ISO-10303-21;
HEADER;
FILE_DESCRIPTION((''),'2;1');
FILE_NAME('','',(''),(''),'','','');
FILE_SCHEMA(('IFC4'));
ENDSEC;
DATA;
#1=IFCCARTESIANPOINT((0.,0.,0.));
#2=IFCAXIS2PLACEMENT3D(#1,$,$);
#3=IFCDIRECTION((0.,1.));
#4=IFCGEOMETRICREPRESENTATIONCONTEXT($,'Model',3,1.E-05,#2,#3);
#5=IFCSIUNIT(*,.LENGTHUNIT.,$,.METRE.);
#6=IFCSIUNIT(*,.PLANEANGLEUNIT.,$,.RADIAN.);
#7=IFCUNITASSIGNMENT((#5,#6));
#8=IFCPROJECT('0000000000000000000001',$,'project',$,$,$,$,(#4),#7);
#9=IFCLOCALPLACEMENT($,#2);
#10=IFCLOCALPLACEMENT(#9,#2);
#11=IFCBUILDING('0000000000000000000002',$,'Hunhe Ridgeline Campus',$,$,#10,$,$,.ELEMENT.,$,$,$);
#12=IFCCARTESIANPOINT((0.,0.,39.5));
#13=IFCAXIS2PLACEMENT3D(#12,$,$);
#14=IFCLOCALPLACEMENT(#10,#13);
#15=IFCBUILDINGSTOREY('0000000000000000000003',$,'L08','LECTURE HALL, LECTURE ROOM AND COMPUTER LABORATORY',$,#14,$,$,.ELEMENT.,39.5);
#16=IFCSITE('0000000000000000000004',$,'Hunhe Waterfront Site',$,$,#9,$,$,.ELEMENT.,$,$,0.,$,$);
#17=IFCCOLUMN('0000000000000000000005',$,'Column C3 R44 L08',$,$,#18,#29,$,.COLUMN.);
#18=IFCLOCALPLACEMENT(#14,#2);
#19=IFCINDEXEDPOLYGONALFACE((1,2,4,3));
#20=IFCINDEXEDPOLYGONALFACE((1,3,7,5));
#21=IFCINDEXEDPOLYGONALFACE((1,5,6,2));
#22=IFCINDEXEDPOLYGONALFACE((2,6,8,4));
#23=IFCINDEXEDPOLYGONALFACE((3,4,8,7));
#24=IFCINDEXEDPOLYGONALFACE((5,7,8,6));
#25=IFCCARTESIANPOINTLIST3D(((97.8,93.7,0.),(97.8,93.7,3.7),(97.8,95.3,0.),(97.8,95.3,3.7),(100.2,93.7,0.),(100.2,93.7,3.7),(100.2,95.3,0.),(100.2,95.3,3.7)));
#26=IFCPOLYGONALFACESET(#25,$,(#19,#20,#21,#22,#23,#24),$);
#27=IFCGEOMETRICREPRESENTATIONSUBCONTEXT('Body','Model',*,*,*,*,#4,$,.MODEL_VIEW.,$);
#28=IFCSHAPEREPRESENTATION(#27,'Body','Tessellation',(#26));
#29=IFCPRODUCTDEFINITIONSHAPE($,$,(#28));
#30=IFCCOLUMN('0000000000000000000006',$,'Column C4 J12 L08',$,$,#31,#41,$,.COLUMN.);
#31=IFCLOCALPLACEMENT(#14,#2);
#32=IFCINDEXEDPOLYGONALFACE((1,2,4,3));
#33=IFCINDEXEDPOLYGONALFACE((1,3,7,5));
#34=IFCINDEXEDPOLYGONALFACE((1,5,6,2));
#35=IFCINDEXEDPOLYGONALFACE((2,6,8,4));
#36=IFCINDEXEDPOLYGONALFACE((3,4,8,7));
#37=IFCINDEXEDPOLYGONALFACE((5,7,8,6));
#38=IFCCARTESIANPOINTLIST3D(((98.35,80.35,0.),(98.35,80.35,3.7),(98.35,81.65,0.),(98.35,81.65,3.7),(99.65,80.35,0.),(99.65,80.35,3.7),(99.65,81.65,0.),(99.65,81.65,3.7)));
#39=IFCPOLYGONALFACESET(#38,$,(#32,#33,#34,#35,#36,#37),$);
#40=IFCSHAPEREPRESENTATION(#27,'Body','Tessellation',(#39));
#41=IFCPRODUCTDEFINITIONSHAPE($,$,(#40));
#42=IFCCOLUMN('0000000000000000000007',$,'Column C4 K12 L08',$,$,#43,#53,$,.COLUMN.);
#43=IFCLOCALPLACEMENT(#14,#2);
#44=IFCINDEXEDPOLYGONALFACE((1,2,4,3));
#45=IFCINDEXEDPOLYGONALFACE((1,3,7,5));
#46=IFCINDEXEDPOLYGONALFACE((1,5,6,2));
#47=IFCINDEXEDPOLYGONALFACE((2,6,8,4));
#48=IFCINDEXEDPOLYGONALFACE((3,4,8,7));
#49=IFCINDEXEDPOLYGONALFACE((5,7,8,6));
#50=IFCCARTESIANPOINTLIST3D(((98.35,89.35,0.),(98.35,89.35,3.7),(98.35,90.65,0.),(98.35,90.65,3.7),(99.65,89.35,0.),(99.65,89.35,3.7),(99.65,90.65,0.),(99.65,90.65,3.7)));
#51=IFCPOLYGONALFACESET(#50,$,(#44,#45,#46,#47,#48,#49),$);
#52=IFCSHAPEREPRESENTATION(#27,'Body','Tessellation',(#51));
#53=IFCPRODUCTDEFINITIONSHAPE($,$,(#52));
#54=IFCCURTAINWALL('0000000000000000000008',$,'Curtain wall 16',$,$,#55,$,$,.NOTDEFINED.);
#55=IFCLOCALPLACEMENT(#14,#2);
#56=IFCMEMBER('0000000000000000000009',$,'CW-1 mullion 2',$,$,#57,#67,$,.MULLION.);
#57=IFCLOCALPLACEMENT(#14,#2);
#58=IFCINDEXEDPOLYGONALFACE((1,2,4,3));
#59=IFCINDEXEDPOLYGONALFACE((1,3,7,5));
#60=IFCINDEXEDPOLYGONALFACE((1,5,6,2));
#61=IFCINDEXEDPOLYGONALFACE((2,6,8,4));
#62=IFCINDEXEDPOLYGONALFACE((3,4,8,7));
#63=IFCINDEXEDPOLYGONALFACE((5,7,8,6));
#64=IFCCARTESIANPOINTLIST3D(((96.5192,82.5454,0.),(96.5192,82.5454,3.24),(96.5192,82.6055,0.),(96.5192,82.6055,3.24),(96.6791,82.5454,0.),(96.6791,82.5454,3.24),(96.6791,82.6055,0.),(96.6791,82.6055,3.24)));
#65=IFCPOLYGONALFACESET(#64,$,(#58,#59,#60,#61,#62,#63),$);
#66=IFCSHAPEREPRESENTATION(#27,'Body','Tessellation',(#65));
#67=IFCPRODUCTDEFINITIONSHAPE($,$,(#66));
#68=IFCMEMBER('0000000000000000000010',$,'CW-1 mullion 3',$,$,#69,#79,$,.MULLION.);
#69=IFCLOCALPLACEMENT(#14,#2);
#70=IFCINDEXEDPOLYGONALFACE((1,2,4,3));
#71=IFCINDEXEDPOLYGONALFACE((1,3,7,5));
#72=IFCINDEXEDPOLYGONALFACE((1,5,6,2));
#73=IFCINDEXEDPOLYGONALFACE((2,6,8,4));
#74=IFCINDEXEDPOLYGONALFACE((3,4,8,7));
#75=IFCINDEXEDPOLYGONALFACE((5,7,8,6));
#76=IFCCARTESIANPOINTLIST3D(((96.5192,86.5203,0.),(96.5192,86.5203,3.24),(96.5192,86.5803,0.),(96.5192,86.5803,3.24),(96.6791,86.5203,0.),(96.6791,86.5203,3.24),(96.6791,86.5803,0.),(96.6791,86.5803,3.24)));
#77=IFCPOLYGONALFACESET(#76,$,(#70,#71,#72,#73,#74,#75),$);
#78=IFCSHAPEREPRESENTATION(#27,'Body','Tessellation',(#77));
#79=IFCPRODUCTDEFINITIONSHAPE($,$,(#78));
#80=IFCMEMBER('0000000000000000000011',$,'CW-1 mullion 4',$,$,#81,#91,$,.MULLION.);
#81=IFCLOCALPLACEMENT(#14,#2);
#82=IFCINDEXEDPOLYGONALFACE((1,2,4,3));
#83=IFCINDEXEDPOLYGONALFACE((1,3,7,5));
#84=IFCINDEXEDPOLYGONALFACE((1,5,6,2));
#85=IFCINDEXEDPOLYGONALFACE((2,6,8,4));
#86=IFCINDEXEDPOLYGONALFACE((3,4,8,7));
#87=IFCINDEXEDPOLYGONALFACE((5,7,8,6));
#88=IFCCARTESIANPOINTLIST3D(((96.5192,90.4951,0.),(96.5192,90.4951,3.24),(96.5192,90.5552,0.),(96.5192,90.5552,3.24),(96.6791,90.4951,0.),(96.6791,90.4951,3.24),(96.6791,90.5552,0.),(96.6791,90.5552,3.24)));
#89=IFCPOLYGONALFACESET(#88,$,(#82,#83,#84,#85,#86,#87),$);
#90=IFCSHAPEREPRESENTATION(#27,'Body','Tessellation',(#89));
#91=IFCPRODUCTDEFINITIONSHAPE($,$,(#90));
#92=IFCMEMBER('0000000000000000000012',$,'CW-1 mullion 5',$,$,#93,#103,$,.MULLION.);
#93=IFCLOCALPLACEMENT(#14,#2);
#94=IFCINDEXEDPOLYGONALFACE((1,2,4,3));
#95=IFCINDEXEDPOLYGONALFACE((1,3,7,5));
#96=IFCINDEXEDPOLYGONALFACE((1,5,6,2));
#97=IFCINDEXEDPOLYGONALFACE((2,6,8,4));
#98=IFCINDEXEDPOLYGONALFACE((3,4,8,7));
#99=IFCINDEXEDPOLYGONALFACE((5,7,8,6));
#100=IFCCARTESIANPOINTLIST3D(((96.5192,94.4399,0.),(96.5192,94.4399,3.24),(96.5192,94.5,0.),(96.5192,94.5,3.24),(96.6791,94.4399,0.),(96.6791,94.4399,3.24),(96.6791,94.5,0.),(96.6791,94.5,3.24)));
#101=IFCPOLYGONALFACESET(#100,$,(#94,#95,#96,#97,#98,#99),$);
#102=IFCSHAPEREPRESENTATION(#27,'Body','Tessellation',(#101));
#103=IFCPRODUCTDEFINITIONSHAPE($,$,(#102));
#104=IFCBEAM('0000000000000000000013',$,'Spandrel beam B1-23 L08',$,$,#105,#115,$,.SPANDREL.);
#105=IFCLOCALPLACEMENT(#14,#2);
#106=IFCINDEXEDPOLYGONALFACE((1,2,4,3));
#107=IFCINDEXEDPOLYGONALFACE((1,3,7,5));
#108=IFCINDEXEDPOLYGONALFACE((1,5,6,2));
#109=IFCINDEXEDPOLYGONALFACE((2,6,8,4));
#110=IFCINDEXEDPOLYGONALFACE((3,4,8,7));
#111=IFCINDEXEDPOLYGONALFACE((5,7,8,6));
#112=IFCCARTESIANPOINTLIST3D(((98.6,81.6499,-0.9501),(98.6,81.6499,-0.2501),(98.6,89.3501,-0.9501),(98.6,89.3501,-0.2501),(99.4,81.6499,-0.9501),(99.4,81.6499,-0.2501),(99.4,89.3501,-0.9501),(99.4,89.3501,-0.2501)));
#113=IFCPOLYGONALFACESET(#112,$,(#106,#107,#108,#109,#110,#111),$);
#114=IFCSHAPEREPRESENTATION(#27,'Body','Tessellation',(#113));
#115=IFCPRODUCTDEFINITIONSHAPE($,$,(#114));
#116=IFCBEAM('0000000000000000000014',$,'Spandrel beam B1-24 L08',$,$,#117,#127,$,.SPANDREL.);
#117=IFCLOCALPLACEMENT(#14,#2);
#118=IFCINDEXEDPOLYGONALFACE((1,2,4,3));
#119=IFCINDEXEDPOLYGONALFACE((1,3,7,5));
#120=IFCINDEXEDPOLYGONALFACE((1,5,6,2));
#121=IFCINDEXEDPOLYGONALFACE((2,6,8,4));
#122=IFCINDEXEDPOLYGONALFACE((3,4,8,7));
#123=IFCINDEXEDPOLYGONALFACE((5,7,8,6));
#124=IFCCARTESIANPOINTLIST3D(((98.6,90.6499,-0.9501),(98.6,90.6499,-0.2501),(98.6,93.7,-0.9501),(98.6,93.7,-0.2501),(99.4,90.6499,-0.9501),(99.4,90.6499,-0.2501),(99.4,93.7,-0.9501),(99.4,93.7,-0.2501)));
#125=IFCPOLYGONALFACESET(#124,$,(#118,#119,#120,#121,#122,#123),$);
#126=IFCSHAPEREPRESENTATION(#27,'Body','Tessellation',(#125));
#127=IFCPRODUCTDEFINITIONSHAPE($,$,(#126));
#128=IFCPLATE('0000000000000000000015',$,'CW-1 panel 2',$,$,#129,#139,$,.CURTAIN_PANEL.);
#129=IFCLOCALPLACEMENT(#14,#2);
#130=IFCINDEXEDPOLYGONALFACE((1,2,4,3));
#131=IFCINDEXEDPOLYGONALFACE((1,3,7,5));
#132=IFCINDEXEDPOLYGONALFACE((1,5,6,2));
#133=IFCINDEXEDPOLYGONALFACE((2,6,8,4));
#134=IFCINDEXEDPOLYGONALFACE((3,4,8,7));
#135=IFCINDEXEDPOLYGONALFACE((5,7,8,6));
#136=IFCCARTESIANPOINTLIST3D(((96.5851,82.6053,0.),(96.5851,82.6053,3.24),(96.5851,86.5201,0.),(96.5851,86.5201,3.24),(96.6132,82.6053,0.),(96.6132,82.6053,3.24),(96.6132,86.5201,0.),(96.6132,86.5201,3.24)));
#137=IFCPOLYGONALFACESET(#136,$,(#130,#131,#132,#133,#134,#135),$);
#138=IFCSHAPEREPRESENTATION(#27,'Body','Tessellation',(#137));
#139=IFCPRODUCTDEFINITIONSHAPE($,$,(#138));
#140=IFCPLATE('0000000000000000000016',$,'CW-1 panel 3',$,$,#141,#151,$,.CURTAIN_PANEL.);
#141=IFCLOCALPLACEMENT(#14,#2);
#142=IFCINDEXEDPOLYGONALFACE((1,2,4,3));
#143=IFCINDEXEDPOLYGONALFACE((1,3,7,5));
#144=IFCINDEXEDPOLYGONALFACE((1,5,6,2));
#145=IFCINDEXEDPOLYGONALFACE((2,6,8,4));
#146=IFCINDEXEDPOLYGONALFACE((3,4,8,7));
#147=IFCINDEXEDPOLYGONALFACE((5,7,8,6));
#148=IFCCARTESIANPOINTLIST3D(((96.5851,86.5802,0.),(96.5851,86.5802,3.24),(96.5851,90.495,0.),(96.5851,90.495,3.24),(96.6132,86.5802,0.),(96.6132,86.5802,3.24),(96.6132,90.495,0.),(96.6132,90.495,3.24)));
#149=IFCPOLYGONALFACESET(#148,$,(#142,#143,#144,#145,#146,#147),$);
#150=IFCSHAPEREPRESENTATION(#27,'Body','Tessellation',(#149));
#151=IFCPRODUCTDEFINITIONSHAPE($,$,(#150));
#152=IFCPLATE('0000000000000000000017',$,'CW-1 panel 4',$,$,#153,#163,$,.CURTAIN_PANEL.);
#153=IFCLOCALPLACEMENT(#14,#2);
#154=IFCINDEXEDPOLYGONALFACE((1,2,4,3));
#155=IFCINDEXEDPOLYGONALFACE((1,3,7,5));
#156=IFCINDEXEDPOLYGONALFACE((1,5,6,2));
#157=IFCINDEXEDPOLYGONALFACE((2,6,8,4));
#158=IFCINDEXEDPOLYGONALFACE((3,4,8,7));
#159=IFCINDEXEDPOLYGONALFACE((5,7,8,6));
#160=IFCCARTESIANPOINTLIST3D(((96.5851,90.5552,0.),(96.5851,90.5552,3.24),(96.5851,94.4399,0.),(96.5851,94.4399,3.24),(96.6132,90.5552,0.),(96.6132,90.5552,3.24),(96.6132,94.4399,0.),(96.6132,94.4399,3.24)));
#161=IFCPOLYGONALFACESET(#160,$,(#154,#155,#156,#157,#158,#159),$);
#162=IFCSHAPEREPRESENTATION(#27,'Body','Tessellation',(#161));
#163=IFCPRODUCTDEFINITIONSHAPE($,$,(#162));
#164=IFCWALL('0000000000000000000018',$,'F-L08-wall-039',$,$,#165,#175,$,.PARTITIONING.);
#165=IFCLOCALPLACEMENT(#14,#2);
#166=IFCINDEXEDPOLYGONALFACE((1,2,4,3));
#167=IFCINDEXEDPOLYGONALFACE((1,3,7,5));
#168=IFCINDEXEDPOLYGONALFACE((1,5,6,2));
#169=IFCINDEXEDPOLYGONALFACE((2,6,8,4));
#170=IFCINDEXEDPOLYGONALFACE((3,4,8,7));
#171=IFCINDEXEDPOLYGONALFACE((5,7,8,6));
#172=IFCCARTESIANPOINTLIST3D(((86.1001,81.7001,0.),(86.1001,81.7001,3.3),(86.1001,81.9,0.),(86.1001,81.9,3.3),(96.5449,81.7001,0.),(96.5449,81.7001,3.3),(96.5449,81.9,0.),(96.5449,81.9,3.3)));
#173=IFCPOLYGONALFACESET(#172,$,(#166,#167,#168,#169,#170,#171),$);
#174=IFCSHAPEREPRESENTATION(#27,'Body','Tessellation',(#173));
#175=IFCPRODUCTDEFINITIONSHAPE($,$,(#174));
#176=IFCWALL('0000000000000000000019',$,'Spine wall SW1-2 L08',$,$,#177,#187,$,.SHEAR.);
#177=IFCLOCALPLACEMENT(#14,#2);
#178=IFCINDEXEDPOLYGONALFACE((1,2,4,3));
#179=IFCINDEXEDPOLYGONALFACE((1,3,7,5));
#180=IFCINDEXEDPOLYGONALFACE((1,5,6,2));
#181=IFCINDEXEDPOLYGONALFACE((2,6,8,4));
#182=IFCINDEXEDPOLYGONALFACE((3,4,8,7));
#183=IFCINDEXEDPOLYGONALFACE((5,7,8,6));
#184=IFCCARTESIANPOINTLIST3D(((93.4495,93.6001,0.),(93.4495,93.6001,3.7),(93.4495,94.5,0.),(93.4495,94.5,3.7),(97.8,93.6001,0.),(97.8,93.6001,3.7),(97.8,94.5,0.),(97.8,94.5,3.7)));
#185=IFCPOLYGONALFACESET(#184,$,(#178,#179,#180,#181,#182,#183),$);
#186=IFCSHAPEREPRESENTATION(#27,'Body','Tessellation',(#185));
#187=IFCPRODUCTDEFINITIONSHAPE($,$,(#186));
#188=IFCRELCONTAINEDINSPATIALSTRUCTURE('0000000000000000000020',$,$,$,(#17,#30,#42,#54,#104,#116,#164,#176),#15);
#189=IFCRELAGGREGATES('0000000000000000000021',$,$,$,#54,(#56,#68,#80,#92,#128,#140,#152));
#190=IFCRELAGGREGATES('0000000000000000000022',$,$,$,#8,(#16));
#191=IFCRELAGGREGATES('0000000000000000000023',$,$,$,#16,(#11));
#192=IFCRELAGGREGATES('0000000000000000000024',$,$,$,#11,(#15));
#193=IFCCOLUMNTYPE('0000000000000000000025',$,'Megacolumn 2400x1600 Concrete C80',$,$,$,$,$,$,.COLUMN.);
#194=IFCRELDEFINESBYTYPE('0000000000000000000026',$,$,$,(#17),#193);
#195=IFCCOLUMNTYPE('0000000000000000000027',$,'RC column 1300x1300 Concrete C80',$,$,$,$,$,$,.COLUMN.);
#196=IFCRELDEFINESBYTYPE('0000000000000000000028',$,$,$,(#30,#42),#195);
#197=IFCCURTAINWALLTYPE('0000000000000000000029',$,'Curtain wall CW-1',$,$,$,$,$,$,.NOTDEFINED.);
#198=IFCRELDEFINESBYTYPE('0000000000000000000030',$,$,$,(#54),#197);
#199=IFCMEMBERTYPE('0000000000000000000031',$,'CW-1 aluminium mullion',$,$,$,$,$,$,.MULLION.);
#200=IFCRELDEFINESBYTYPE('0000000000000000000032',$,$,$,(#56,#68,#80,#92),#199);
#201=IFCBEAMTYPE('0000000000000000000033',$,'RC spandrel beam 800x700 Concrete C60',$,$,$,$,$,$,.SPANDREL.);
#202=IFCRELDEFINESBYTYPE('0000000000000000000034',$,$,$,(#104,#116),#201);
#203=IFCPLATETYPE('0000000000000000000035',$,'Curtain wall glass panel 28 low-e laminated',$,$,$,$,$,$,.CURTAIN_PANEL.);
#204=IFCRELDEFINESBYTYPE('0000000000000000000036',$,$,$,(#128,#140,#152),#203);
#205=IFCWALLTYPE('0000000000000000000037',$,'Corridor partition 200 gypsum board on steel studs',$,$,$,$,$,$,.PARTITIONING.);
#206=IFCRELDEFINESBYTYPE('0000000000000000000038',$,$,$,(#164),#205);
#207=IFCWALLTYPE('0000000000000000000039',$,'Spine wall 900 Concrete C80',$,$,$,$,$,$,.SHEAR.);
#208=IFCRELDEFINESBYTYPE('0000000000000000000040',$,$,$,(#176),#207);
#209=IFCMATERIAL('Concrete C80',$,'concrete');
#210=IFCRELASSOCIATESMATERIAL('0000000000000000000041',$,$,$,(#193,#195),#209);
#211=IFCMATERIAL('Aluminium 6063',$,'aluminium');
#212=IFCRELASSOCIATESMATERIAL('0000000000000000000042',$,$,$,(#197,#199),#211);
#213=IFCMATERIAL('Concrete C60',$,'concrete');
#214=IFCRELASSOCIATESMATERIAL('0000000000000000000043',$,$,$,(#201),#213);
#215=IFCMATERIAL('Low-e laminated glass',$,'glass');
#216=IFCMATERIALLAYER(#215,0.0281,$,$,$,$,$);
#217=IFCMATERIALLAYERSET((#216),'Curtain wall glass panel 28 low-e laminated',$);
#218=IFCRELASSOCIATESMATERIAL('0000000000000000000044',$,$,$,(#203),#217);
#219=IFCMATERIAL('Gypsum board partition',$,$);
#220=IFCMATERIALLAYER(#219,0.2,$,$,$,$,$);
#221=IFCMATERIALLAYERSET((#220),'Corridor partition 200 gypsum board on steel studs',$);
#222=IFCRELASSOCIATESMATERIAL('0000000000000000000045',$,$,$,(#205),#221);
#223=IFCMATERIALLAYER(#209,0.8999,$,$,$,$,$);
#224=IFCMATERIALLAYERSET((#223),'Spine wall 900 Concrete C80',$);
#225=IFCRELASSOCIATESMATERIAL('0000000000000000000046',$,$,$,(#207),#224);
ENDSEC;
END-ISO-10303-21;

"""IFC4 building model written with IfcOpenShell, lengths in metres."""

from ifc_helpers import new_model, si_unit, direction, frame, frame_2d, origin, origin_2d, place, context, subcontext, project, spatial, rectangle, extrude, material, layer, layer_set, material_profile, profile_set, type_object, element, aggregate, save


model = new_model("IFC4")

# Units and contexts
model_context = context("Model", 3, precision=1e-05, world=origin(), true_north=direction((0.0, 1.0)))
body_context = subcontext(model_context, "Body", "Model", "MODEL_VIEW")
ifc_project = project(units=[si_unit("LENGTHUNIT", "METRE"), si_unit("PLANEANGLEUNIT", "RADIAN")], contexts=[model_context])

# Site, building, storey
site_placement = place(None, origin())
site = spatial("IfcSite", under=ifc_project, at=site_placement, Name="Hunhe Waterfront Site", CompositionType="ELEMENT", RefElevation=0.0)
building_placement = place(site_placement, origin())
building = spatial("IfcBuilding", under=site, at=building_placement, Name="Hunhe Ridgeline Campus", CompositionType="ELEMENT")
storey_placement = place(building_placement, frame((0.0, 0.0, 39.5)))
storey = spatial("IfcBuildingStorey", under=building, at=storey_placement, Name="L08", Description="LECTURE HALL, LECTURE ROOM AND COMPUTER LABORATORY", CompositionType="ELEMENT", Elevation=39.5)

# Columns
ifc_material_1 = material(Name="Concrete C80", Category="concrete")
ifc_material_profile_1 = material_profile(ifc_material_1, rectangle(XDim=2.3999, YDim=1.6001, at=origin_2d()))
ifc_profile_set_1 = profile_set([ifc_material_profile_1], Name="Concrete C80")
column_type_1 = type_object("IfcColumnType", Name="Megacolumn 2400x1600 Concrete C80", PredefinedType="COLUMN", material=ifc_profile_set_1)
column_placement = place(storey_placement, frame((99.0, 94.5, 0.0), z_axis=(0.0, 0.0, 1.0), x_axis=(1.0, 0.0, 0.0)))
element("IfcColumn", 1, at=column_placement, inside=storey, type_object=column_type_1, Name="Column C3 R44 L08", PredefinedType="COLUMN", context=body_context, shape_type="SweptSolid", body=[
    extrude(rectangle(XDim=2.3999, YDim=1.6001, at=origin_2d()), origin(), (0.0, 0.0, 1.0), 3.7),
])
ifc_material_profile_2 = material_profile(ifc_material_1, rectangle(XDim=1.3, YDim=1.3, at=origin_2d()))
ifc_profile_set_2 = profile_set([ifc_material_profile_2], Name="Concrete C80")
column_type_2 = type_object("IfcColumnType", Name="RC column 1300x1300 Concrete C80", PredefinedType="COLUMN", material=ifc_profile_set_2)
for number, where, z_axis, x_axis, name in (
    (2, (99.0, 81.0, 0.0), (0.0, 0.0, 1.0), (1.0, 0.0, 0.0), "Column C4 J12 L08"),
    (3, (99.0, 90.0, 0.0), (0.0, 0.0, 1.0), (1.0, 0.0, 0.0), "Column C4 K12 L08"),
):
    element("IfcColumn", number, at=place(storey_placement, frame(where, z_axis=z_axis, x_axis=x_axis)), inside=storey, type_object=column_type_2, Name=name, PredefinedType="COLUMN", context=body_context, shape_type="SweptSolid", body=[
        extrude(rectangle(XDim=1.3, YDim=1.3, at=origin_2d()), origin(), (0.0, 0.0, 1.0), 3.7),
    ])

# Curtain wall, members
ifc_material_2 = material(Name="Aluminium 6063", Category="aluminium")
curtain_wall_type = type_object("IfcCurtainWallType", Name="Curtain wall CW-1", PredefinedType="NOTDEFINED", material=ifc_material_2)
curtain_wall_placement = place(storey_placement, origin())
curtain_wall = element("IfcCurtainWall", 4, at=curtain_wall_placement, inside=storey, type_object=curtain_wall_type, Name="Curtain wall 16", PredefinedType="NOTDEFINED")
ifc_material_profile_3 = material_profile(ifc_material_2, rectangle(XDim=0.1599, YDim=0.0601, at=origin_2d()))
ifc_profile_set_3 = profile_set([ifc_material_profile_3], Name="Aluminium 6063")
member_type = type_object("IfcMemberType", Name="CW-1 aluminium mullion", PredefinedType="MULLION", material=ifc_profile_set_3)
member_1_placement = place(storey_placement, frame((96.5991, 82.5754, 0.0), z_axis=(0.0, 0.0, 1.0), x_axis=(-1.0, 0.0, 0.0)))
member_1 = element("IfcMember", 5, at=member_1_placement, type_object=member_type, Name="CW-1 mullion 2", PredefinedType="MULLION", context=body_context, shape_type="SweptSolid", body=[
    extrude(rectangle(XDim=0.1599, YDim=0.0601, at=origin_2d()), origin(), (0.0, 0.0, 1.0), 3.24),
])
member_2_placement = place(storey_placement, frame((96.5991, 86.5503, 0.0), z_axis=(0.0, 0.0, 1.0), x_axis=(-1.0, 0.0, 0.0)))
member_2 = element("IfcMember", 6, at=member_2_placement, type_object=member_type, Name="CW-1 mullion 3", PredefinedType="MULLION", context=body_context, shape_type="SweptSolid", body=[
    extrude(rectangle(XDim=0.1599, YDim=0.0601, at=origin_2d()), origin(), (0.0, 0.0, 1.0), 3.24),
])
member_3_placement = place(storey_placement, frame((96.5991, 90.5251, 0.0), z_axis=(0.0, 0.0, 1.0), x_axis=(-1.0, 0.0, 0.0)))
member_3 = element("IfcMember", 7, at=member_3_placement, type_object=member_type, Name="CW-1 mullion 4", PredefinedType="MULLION", context=body_context, shape_type="SweptSolid", body=[
    extrude(rectangle(XDim=0.1599, YDim=0.0601, at=origin_2d()), origin(), (0.0, 0.0, 1.0), 3.24),
])
member_4_placement = place(storey_placement, frame((96.5991, 94.47, 0.0), z_axis=(0.0, 0.0, 1.0), x_axis=(-1.0, 0.0, 0.0)))
member_4 = element("IfcMember", 8, at=member_4_placement, type_object=member_type, Name="CW-1 mullion 5", PredefinedType="MULLION", context=body_context, shape_type="SweptSolid", body=[
    extrude(rectangle(XDim=0.1599, YDim=0.0601, at=origin_2d()), origin(), (0.0, 0.0, 1.0), 3.24),
])

# Beams
ifc_material_3 = material(Name="Concrete C60", Category="concrete")
ifc_material_profile_4 = material_profile(ifc_material_3, rectangle(XDim=0.8, YDim=0.7, at=origin_2d()))
ifc_profile_set_4 = profile_set([ifc_material_profile_4], Name="Concrete C60")
beam_type = type_object("IfcBeamType", Name="RC spandrel beam 800x700 Concrete C60", PredefinedType="SPANDREL", material=ifc_profile_set_4)
beam_1_placement = place(storey_placement, frame((99.0, 81.6499, -0.6001), z_axis=(0.0, 1.0, 0.0), x_axis=(-1.0, 0.0, 0.0)))
element("IfcBeam", 9, at=beam_1_placement, inside=storey, type_object=beam_type, Name="Spandrel beam B1-23 L08", PredefinedType="SPANDREL", context=body_context, shape_type="SweptSolid", body=[
    extrude(rectangle(XDim=0.8, YDim=0.7, at=origin_2d()), origin(), (0.0, 0.0, 1.0), 7.7002),
])
beam_2_placement = place(storey_placement, frame((99.0, 90.6499, -0.6001), z_axis=(0.0, 1.0, 0.0), x_axis=(-1.0, 0.0, 0.0)))
element("IfcBeam", 10, at=beam_2_placement, inside=storey, type_object=beam_type, Name="Spandrel beam B1-24 L08", PredefinedType="SPANDREL", context=body_context, shape_type="SweptSolid", body=[
    extrude(rectangle(XDim=0.8, YDim=0.7, at=origin_2d()), origin(), (0.0, 0.0, 1.0), 3.05),
])

# Plates
ifc_material_4 = material(Name="Low-e laminated glass", Category="glass")
ifc_layer_1 = layer(ifc_material_4, 0.0281)
ifc_layer_set_1 = layer_set([ifc_layer_1], Name="Curtain wall glass panel 28 low-e laminated")
plate_type = type_object("IfcPlateType", Name="Curtain wall glass panel 28 low-e laminated", PredefinedType="CURTAIN_PANEL", material=ifc_layer_set_1)
plate_1_placement = place(storey_placement, frame((96.5991, 84.5627, 0.0), z_axis=(0.0, 0.0, 1.0), x_axis=(0.0, 1.0, 0.0)))
plate_1 = element("IfcPlate", 11, at=plate_1_placement, type_object=plate_type, Name="CW-1 panel 2", PredefinedType="CURTAIN_PANEL", context=body_context, shape_type="SweptSolid", body=[
    extrude(rectangle(XDim=3.9148, YDim=0.0281, at=origin_2d()), origin(), (0.0, 0.0, 1.0), 3.24),
])
plate_2_placement = place(storey_placement, frame((96.5991, 88.5376, 0.0), z_axis=(0.0, 0.0, 1.0), x_axis=(0.0, 1.0, 0.0)))
plate_2 = element("IfcPlate", 12, at=plate_2_placement, type_object=plate_type, Name="CW-1 panel 3", PredefinedType="CURTAIN_PANEL", context=body_context, shape_type="SweptSolid", body=[
    extrude(rectangle(XDim=3.9148, YDim=0.0281, at=origin_2d()), origin(), (0.0, 0.0, 1.0), 3.24),
])
plate_3_placement = place(storey_placement, frame((96.5991, 92.4976, 0.0), z_axis=(0.0, 0.0, 1.0), x_axis=(0.0, 1.0, 0.0)))
plate_3 = element("IfcPlate", 13, at=plate_3_placement, type_object=plate_type, Name="CW-1 panel 4", PredefinedType="CURTAIN_PANEL", context=body_context, shape_type="SweptSolid", body=[
    extrude(rectangle(XDim=3.8848, YDim=0.0281, at=origin_2d()), origin(), (0.0, 0.0, 1.0), 3.24),
])
aggregate(curtain_wall, [member_1, member_2, member_3, member_4, plate_1, plate_2, plate_3])

# Walls
ifc_material_5 = material(Name="Gypsum board partition")
ifc_layer_2 = layer(ifc_material_5, 0.2)
ifc_layer_set_2 = layer_set([ifc_layer_2], Name="Corridor partition 200 gypsum board on steel studs")
wall_type_1 = type_object("IfcWallType", Name="Corridor partition 200 gypsum board on steel studs", PredefinedType="PARTITIONING", material=ifc_layer_set_2)
wall_1_placement = place(storey_placement, frame((96.5449, 81.8, 0.0), z_axis=(0.0, 0.0, 1.0), x_axis=(-1.0, 0.0, 0.0)))
element("IfcWall", 14, at=wall_1_placement, inside=storey, type_object=wall_type_1, Name="F-L08-wall-039", PredefinedType="PARTITIONING", context=body_context, shape_type="SweptSolid", body=[
    extrude(rectangle(XDim=10.4448, YDim=0.2, at=frame_2d((5.2224, 0.0))), origin(), (0.0, 0.0, 1.0), 3.3),
])
ifc_layer_3 = layer(ifc_material_1, 0.8999)
ifc_layer_set_3 = layer_set([ifc_layer_3], Name="Spine wall 900 Concrete C80")
wall_type_2 = type_object("IfcWallType", Name="Spine wall 900 Concrete C80", PredefinedType="SHEAR", material=ifc_layer_set_3)
wall_2_placement = place(storey_placement, frame((97.8, 94.05, 0.0), z_axis=(0.0, 0.0, 1.0), x_axis=(-1.0, 0.0, 0.0)))
element("IfcWall", 15, at=wall_2_placement, inside=storey, type_object=wall_type_2, Name="Spine wall SW1-2 L08", PredefinedType="SHEAR", context=body_context, shape_type="SweptSolid", body=[
    extrude(rectangle(XDim=4.3506, YDim=0.8999, at=frame_2d((2.1753, 0.0))), origin(), (0.0, 0.0, 1.0), 3.7),
])

save(model, "model.ifc")
